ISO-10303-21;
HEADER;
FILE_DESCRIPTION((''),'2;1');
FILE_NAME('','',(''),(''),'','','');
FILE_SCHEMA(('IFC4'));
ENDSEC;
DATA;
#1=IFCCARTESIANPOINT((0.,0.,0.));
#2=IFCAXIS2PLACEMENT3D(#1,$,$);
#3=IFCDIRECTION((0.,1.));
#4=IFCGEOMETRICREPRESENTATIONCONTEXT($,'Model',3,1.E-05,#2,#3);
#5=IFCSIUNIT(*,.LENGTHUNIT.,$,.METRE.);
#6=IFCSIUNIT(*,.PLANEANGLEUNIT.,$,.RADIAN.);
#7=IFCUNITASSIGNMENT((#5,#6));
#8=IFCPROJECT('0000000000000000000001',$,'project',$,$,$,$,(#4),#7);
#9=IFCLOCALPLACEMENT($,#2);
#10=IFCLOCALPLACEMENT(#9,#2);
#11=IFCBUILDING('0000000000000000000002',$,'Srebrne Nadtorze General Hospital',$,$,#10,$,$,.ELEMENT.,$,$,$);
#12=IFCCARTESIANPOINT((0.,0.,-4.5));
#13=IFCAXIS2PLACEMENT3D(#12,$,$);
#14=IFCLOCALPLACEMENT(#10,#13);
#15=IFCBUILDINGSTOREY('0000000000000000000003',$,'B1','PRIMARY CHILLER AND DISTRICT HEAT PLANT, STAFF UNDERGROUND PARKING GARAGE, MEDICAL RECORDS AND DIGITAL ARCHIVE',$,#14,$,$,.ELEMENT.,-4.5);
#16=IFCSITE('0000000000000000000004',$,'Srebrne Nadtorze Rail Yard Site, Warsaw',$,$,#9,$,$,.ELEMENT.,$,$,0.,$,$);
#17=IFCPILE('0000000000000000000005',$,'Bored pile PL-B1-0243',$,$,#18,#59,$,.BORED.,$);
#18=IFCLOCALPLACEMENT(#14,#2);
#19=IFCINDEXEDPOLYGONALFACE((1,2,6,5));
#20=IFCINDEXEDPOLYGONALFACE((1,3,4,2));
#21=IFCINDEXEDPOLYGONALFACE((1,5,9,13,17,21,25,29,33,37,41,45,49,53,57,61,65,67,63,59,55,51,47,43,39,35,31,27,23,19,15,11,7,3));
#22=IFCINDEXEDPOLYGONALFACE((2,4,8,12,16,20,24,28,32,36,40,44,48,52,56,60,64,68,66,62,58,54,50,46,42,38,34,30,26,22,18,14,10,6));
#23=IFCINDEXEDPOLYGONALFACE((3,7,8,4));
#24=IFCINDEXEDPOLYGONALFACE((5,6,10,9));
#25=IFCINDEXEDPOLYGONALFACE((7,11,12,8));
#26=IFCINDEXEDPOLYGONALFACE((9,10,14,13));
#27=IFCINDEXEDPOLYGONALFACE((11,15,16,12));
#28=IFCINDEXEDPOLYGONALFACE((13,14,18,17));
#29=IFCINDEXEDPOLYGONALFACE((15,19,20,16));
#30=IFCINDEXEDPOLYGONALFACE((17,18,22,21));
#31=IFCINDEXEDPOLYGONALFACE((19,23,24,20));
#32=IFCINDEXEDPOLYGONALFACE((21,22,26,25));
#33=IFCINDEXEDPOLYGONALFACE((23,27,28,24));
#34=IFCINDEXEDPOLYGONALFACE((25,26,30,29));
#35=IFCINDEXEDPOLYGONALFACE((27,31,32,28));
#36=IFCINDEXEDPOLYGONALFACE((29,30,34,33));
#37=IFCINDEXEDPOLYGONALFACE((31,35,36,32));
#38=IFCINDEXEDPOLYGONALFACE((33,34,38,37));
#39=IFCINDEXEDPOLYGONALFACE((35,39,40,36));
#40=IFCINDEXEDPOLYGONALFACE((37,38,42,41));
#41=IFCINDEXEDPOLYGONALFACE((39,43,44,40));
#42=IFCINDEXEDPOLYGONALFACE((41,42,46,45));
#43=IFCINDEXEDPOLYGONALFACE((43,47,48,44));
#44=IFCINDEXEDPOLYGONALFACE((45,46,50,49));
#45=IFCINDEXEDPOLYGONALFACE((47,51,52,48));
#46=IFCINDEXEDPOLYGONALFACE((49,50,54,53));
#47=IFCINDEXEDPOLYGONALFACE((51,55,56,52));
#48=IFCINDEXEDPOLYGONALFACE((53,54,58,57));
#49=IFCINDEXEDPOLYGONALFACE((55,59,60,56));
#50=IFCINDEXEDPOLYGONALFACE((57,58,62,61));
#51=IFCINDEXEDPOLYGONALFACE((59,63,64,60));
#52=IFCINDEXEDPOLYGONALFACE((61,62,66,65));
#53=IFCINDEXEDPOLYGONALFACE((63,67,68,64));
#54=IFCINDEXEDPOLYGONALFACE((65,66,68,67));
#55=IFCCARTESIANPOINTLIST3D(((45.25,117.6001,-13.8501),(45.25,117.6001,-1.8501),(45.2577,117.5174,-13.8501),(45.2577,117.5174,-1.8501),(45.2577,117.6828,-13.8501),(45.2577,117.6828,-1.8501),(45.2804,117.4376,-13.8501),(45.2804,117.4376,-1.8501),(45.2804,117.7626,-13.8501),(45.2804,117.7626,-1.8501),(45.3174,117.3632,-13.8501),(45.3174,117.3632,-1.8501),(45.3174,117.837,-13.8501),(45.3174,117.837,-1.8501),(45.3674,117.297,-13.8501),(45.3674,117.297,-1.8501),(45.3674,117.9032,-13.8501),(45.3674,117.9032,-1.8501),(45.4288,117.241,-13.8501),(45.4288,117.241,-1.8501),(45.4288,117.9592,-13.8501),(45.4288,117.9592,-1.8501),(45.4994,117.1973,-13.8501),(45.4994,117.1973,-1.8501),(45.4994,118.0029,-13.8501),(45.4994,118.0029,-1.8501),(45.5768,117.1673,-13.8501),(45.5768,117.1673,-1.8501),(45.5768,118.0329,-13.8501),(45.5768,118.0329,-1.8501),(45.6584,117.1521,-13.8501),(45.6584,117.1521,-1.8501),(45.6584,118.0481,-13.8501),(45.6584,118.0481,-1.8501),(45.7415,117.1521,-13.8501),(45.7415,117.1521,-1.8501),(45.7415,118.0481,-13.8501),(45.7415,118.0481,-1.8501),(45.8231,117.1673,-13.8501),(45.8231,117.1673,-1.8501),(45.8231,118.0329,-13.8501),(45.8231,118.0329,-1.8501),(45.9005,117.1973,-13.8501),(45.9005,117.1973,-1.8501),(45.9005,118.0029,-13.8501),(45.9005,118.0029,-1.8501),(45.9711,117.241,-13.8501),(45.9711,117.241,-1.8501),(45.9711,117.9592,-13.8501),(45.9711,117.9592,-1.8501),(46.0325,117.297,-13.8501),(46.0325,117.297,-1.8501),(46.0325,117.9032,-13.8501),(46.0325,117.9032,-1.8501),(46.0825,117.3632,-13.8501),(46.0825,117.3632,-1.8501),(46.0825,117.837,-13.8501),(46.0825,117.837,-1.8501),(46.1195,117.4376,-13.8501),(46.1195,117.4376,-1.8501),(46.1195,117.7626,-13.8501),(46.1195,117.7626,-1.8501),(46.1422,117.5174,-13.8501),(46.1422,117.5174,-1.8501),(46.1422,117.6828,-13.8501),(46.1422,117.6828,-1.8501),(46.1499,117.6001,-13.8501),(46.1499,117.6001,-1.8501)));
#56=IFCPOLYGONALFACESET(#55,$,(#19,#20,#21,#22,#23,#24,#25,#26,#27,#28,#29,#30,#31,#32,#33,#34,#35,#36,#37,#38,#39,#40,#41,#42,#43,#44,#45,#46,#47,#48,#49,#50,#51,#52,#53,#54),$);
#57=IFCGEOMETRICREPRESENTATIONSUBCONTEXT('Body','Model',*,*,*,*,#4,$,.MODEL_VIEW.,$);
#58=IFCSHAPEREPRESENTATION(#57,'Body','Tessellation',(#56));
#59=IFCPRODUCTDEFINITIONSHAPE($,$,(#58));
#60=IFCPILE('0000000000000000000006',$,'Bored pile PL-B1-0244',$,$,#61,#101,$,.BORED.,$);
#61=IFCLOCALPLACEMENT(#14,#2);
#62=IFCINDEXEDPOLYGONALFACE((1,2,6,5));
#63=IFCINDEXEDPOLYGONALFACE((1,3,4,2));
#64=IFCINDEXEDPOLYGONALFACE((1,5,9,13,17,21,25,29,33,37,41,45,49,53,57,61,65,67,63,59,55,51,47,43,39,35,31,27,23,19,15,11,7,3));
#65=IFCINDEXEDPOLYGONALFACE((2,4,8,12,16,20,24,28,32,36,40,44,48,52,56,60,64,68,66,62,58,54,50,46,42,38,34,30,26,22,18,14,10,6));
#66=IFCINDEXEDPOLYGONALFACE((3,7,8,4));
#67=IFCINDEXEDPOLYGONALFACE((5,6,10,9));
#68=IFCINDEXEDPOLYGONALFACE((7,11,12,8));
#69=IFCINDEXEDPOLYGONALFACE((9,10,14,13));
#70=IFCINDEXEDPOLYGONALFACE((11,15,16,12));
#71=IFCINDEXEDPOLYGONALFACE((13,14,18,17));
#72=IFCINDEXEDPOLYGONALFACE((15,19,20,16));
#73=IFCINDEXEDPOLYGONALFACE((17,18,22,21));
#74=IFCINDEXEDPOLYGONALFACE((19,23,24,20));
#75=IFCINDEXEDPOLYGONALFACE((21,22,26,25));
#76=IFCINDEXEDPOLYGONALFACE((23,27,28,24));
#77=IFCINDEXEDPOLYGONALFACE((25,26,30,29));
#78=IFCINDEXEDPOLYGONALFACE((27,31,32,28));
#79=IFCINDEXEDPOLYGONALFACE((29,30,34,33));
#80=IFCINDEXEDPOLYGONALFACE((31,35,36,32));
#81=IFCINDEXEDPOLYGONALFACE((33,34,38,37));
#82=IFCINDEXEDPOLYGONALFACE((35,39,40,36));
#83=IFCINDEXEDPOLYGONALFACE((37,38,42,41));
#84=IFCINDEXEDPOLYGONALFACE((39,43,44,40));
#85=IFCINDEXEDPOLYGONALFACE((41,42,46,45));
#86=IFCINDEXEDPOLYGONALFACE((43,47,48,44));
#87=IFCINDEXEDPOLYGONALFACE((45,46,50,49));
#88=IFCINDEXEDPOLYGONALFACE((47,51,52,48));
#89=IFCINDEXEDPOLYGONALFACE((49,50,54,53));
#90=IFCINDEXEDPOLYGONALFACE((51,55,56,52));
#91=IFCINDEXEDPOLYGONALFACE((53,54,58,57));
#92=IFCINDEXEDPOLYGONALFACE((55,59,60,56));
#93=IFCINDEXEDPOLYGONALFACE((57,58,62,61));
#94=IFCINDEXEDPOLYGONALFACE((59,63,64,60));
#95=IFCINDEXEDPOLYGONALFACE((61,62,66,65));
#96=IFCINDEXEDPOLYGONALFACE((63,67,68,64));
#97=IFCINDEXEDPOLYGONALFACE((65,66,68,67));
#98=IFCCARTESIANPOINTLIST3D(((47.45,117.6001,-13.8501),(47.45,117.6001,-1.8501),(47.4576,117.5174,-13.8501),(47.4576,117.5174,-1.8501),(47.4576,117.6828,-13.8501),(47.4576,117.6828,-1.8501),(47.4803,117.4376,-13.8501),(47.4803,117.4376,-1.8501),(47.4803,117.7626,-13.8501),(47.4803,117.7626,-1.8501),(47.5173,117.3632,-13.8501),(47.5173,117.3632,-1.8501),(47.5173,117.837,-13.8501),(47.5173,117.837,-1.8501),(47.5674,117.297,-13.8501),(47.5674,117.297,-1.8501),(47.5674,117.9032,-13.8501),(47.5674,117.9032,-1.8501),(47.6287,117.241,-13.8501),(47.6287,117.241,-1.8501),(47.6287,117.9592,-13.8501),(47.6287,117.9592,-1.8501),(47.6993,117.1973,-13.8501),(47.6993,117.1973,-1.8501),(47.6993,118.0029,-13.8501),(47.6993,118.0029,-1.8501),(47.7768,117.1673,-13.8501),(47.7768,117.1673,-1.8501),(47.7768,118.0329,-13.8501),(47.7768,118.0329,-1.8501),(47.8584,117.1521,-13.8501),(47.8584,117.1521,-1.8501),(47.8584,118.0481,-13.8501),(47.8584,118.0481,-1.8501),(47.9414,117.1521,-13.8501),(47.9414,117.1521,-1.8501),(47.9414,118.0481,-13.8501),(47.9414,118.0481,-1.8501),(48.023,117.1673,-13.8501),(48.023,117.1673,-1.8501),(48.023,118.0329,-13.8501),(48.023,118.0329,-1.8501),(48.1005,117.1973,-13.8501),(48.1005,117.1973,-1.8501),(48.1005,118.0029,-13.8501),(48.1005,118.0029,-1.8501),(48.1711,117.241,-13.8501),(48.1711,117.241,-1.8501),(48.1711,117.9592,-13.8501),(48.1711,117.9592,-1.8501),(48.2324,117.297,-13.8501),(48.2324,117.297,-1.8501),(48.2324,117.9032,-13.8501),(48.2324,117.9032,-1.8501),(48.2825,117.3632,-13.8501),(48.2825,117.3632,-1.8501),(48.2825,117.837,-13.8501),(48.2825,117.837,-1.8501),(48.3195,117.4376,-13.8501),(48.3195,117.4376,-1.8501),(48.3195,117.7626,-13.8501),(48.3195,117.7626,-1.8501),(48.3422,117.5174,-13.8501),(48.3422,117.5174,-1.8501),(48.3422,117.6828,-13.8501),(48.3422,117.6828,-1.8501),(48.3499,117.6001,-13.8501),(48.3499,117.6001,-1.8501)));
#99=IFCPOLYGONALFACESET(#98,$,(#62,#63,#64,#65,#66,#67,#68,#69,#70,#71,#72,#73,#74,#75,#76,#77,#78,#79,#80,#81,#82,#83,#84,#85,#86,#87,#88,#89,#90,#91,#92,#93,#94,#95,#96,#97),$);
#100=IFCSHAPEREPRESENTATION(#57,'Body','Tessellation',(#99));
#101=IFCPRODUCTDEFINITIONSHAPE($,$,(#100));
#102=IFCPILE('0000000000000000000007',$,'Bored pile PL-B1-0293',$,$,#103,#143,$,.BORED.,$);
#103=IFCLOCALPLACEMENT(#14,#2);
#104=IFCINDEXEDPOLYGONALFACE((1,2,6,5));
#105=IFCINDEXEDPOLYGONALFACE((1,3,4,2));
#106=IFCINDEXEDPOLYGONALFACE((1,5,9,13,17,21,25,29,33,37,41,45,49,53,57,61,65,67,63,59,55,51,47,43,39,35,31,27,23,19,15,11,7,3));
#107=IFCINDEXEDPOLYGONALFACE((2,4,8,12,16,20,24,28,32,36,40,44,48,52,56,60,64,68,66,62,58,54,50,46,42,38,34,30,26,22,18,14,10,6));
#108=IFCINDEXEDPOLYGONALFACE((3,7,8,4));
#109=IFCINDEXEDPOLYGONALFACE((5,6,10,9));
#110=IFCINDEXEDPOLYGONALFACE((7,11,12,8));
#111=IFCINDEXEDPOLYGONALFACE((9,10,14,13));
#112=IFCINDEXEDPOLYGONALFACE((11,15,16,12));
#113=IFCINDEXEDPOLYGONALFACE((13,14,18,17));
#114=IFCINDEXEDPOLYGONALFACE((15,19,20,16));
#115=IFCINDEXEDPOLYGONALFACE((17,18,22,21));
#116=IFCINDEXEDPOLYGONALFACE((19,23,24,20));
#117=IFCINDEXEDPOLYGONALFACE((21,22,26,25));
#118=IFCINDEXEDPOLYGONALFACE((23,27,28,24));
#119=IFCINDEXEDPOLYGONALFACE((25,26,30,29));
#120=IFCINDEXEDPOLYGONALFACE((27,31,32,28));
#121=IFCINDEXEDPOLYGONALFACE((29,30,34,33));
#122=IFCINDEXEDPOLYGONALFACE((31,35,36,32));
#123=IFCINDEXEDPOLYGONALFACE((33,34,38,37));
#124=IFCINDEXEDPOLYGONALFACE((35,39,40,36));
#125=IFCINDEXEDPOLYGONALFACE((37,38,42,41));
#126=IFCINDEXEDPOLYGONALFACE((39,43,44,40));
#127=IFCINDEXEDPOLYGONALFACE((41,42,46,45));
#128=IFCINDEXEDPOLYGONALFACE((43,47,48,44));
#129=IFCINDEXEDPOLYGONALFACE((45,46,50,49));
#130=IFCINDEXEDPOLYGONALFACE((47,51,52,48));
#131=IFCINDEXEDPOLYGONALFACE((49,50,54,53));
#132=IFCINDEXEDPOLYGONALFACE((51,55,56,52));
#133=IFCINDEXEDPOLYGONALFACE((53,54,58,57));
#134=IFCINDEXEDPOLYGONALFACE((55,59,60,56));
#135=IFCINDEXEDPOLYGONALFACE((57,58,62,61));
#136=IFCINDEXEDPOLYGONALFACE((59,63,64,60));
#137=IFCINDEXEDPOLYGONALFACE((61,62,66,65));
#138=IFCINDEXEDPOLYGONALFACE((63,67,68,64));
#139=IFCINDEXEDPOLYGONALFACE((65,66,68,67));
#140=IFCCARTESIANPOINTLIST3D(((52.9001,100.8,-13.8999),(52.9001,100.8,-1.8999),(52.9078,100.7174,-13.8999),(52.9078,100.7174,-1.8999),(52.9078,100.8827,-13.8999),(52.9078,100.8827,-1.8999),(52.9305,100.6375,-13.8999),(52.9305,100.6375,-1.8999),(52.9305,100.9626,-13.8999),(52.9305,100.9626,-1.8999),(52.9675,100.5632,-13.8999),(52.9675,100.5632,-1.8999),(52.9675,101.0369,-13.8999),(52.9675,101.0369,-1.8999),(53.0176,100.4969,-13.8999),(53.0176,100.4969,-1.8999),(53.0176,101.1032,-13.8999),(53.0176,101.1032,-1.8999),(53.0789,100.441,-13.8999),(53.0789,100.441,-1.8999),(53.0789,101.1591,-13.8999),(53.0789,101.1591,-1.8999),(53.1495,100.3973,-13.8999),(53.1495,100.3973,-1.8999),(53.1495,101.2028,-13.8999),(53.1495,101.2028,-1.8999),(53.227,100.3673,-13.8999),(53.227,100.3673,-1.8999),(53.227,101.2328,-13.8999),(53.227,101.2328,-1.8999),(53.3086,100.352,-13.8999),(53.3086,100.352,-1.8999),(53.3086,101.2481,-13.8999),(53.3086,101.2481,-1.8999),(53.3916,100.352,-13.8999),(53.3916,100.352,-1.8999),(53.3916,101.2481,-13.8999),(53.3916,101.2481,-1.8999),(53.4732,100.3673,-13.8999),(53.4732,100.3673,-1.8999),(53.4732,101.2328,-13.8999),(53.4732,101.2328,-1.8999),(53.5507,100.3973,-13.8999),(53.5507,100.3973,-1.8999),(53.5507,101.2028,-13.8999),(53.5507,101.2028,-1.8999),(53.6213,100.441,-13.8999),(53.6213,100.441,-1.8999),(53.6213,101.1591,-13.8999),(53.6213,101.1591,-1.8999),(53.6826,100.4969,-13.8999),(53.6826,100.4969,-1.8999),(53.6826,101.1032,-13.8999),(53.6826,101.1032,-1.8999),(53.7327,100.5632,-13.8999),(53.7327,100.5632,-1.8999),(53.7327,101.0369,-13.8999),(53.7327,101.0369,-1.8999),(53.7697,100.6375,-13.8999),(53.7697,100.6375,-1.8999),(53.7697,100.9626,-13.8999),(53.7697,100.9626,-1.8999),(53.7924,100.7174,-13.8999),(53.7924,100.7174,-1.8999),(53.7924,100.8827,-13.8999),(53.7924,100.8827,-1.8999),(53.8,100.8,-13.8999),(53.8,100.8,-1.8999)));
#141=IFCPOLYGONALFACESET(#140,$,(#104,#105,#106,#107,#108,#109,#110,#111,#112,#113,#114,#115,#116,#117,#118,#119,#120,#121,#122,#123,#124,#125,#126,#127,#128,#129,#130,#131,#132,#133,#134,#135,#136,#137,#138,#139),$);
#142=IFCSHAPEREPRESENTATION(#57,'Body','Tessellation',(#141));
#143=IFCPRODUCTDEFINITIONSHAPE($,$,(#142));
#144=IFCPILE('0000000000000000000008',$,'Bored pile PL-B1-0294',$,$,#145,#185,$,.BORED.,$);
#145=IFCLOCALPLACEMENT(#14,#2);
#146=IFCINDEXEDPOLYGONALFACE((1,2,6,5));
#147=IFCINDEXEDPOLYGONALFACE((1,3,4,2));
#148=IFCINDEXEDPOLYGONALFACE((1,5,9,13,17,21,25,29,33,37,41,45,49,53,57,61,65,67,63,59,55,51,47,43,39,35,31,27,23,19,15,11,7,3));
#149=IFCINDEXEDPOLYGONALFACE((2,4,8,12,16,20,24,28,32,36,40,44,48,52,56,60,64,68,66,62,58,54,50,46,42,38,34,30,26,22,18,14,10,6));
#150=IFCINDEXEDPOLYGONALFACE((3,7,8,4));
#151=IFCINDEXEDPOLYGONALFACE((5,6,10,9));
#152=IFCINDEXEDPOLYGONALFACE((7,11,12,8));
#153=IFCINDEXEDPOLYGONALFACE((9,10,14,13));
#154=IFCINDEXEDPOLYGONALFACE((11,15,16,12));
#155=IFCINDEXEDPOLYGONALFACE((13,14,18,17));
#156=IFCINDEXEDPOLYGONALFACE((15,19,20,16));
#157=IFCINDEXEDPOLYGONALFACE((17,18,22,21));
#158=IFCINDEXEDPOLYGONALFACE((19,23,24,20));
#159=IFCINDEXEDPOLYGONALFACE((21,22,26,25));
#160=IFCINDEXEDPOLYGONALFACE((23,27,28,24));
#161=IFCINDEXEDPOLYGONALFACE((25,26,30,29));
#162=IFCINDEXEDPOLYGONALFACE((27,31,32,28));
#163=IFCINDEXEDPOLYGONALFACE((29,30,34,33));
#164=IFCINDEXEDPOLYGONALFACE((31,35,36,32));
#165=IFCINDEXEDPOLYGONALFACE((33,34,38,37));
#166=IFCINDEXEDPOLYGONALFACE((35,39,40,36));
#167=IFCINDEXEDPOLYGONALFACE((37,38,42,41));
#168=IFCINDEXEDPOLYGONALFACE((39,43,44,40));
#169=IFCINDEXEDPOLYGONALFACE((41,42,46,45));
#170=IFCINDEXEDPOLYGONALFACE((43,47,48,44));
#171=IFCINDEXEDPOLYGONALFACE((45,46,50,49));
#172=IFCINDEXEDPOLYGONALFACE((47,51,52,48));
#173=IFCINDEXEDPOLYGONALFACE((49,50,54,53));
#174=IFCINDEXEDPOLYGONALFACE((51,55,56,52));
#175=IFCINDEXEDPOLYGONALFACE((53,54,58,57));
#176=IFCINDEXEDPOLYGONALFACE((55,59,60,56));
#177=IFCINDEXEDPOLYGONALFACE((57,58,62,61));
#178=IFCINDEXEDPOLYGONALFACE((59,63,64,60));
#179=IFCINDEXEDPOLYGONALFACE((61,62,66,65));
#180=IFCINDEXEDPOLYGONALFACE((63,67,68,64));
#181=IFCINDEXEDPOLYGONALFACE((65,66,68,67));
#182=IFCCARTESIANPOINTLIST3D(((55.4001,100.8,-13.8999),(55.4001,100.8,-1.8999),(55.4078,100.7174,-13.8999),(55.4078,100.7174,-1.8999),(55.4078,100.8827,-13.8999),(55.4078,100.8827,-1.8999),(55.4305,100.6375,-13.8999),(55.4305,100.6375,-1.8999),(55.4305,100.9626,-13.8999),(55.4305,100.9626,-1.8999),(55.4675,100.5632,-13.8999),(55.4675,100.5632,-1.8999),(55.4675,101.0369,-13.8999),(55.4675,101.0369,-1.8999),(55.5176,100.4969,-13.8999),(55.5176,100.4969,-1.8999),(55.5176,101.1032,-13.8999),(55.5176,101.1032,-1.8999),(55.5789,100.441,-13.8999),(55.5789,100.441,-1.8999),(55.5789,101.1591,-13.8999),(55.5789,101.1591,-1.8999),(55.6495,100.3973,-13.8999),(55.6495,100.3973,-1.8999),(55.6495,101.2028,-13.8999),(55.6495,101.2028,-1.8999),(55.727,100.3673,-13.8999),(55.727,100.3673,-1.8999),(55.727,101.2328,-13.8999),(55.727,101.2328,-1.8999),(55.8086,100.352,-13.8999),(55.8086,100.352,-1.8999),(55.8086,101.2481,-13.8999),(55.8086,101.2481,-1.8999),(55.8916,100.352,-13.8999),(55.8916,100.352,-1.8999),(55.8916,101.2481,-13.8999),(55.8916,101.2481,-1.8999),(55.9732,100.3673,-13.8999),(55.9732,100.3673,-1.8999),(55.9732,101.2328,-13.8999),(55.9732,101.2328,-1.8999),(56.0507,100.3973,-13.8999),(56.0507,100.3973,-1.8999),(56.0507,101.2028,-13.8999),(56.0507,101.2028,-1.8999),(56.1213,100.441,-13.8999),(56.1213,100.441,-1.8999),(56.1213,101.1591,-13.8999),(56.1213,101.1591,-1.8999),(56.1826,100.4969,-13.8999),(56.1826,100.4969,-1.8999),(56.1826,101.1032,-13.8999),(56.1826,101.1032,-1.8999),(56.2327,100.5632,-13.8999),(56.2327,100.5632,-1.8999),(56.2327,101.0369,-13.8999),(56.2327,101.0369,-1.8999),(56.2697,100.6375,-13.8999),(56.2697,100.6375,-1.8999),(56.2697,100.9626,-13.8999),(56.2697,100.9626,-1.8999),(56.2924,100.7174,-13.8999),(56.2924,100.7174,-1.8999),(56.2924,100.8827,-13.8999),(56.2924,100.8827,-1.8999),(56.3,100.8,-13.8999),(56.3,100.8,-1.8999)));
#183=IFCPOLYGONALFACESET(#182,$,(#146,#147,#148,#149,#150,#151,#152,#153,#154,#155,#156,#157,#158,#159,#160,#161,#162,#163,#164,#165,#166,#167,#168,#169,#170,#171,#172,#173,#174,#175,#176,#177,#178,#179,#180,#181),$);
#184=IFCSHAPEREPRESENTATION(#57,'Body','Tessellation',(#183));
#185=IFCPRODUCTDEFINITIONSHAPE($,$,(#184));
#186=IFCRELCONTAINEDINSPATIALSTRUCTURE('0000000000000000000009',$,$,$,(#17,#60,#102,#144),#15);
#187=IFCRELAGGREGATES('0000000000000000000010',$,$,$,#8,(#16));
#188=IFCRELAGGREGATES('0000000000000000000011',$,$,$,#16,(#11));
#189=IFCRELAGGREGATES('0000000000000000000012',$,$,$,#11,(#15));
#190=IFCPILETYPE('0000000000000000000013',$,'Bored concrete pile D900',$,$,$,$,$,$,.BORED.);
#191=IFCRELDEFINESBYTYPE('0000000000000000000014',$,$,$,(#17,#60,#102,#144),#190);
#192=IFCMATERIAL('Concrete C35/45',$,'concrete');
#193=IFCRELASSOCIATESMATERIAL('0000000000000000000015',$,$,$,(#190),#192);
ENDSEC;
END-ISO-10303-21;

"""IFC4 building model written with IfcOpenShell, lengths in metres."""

from ifc_helpers import new_model, si_unit, direction, frame, origin, origin_2d, place, context, subcontext, project, spatial, circle, extrude, material, material_profile, profile_set, type_object, element, save


model = new_model("IFC4")

# Units and contexts
model_context = context("Model", 3, precision=1e-05, world=origin(), true_north=direction((0.0, 1.0)))
body_context = subcontext(model_context, "Body", "Model", "MODEL_VIEW")
ifc_project = project(units=[si_unit("LENGTHUNIT", "METRE"), si_unit("PLANEANGLEUNIT", "RADIAN")], contexts=[model_context])

# Site, building, storey
site_placement = place(None, origin())
site = spatial("IfcSite", under=ifc_project, at=site_placement, Name="Srebrne Nadtorze Rail Yard Site, Warsaw", CompositionType="ELEMENT", RefElevation=0.0)
building_placement = place(site_placement, origin())
building = spatial("IfcBuilding", under=site, at=building_placement, Name="Srebrne Nadtorze General Hospital", CompositionType="ELEMENT")
storey_placement = place(building_placement, frame((0.0, 0.0, -4.5)))
storey = spatial("IfcBuildingStorey", under=building, at=storey_placement, Name="B1", Description="PRIMARY CHILLER AND DISTRICT HEAT PLANT, STAFF UNDERGROUND PARKING GARAGE, MEDICAL RECORDS AND DIGITAL ARCHIVE", CompositionType="ELEMENT", Elevation=-4.5)

# Piles
ifc_material_1 = material(Name="Concrete C35/45", Category="concrete")
ifc_material_profile_1 = material_profile(ifc_material_1, circle(Radius=0.45, at=origin_2d()), Name="PILE-D900")
ifc_profile_set_1 = profile_set([ifc_material_profile_1], Name="Concrete C35/45")
pile_type_1 = type_object("IfcPileType", Name="Bored concrete pile D900", PredefinedType="BORED", material=ifc_profile_set_1)
for number, where, z_axis, x_axis, name in (
    (1, (45.7, 117.6001, -1.8501), (0.0, 0.0, -1.0), (1.0, 0.0, 0.0), "Bored pile PL-B1-0243"),
    (2, (47.8999, 117.6001, -1.8501), (0.0, 0.0, -1.0), (1.0, 0.0, 0.0), "Bored pile PL-B1-0244"),
    (3, (53.3501, 100.8, -1.8999), (0.0, 0.0, -1.0), (1.0, 0.0, 0.0), "Bored pile PL-B1-0293"),
    (4, (55.8501, 100.8, -1.8999), (0.0, 0.0, -1.0), (1.0, 0.0, 0.0), "Bored pile PL-B1-0294"),
):
    element("IfcPile", number, at=place(storey_placement, frame(where, z_axis=z_axis, x_axis=x_axis)), inside=storey, type_object=pile_type_1, Name=name, PredefinedType="BORED", context=body_context, shape_type="SweptSolid", body=[
        extrude(circle(Radius=0.45, at=origin_2d()), origin(), (0.0, 0.0, 1.0), 12.0),
    ])

save(model, "model.ifc")
